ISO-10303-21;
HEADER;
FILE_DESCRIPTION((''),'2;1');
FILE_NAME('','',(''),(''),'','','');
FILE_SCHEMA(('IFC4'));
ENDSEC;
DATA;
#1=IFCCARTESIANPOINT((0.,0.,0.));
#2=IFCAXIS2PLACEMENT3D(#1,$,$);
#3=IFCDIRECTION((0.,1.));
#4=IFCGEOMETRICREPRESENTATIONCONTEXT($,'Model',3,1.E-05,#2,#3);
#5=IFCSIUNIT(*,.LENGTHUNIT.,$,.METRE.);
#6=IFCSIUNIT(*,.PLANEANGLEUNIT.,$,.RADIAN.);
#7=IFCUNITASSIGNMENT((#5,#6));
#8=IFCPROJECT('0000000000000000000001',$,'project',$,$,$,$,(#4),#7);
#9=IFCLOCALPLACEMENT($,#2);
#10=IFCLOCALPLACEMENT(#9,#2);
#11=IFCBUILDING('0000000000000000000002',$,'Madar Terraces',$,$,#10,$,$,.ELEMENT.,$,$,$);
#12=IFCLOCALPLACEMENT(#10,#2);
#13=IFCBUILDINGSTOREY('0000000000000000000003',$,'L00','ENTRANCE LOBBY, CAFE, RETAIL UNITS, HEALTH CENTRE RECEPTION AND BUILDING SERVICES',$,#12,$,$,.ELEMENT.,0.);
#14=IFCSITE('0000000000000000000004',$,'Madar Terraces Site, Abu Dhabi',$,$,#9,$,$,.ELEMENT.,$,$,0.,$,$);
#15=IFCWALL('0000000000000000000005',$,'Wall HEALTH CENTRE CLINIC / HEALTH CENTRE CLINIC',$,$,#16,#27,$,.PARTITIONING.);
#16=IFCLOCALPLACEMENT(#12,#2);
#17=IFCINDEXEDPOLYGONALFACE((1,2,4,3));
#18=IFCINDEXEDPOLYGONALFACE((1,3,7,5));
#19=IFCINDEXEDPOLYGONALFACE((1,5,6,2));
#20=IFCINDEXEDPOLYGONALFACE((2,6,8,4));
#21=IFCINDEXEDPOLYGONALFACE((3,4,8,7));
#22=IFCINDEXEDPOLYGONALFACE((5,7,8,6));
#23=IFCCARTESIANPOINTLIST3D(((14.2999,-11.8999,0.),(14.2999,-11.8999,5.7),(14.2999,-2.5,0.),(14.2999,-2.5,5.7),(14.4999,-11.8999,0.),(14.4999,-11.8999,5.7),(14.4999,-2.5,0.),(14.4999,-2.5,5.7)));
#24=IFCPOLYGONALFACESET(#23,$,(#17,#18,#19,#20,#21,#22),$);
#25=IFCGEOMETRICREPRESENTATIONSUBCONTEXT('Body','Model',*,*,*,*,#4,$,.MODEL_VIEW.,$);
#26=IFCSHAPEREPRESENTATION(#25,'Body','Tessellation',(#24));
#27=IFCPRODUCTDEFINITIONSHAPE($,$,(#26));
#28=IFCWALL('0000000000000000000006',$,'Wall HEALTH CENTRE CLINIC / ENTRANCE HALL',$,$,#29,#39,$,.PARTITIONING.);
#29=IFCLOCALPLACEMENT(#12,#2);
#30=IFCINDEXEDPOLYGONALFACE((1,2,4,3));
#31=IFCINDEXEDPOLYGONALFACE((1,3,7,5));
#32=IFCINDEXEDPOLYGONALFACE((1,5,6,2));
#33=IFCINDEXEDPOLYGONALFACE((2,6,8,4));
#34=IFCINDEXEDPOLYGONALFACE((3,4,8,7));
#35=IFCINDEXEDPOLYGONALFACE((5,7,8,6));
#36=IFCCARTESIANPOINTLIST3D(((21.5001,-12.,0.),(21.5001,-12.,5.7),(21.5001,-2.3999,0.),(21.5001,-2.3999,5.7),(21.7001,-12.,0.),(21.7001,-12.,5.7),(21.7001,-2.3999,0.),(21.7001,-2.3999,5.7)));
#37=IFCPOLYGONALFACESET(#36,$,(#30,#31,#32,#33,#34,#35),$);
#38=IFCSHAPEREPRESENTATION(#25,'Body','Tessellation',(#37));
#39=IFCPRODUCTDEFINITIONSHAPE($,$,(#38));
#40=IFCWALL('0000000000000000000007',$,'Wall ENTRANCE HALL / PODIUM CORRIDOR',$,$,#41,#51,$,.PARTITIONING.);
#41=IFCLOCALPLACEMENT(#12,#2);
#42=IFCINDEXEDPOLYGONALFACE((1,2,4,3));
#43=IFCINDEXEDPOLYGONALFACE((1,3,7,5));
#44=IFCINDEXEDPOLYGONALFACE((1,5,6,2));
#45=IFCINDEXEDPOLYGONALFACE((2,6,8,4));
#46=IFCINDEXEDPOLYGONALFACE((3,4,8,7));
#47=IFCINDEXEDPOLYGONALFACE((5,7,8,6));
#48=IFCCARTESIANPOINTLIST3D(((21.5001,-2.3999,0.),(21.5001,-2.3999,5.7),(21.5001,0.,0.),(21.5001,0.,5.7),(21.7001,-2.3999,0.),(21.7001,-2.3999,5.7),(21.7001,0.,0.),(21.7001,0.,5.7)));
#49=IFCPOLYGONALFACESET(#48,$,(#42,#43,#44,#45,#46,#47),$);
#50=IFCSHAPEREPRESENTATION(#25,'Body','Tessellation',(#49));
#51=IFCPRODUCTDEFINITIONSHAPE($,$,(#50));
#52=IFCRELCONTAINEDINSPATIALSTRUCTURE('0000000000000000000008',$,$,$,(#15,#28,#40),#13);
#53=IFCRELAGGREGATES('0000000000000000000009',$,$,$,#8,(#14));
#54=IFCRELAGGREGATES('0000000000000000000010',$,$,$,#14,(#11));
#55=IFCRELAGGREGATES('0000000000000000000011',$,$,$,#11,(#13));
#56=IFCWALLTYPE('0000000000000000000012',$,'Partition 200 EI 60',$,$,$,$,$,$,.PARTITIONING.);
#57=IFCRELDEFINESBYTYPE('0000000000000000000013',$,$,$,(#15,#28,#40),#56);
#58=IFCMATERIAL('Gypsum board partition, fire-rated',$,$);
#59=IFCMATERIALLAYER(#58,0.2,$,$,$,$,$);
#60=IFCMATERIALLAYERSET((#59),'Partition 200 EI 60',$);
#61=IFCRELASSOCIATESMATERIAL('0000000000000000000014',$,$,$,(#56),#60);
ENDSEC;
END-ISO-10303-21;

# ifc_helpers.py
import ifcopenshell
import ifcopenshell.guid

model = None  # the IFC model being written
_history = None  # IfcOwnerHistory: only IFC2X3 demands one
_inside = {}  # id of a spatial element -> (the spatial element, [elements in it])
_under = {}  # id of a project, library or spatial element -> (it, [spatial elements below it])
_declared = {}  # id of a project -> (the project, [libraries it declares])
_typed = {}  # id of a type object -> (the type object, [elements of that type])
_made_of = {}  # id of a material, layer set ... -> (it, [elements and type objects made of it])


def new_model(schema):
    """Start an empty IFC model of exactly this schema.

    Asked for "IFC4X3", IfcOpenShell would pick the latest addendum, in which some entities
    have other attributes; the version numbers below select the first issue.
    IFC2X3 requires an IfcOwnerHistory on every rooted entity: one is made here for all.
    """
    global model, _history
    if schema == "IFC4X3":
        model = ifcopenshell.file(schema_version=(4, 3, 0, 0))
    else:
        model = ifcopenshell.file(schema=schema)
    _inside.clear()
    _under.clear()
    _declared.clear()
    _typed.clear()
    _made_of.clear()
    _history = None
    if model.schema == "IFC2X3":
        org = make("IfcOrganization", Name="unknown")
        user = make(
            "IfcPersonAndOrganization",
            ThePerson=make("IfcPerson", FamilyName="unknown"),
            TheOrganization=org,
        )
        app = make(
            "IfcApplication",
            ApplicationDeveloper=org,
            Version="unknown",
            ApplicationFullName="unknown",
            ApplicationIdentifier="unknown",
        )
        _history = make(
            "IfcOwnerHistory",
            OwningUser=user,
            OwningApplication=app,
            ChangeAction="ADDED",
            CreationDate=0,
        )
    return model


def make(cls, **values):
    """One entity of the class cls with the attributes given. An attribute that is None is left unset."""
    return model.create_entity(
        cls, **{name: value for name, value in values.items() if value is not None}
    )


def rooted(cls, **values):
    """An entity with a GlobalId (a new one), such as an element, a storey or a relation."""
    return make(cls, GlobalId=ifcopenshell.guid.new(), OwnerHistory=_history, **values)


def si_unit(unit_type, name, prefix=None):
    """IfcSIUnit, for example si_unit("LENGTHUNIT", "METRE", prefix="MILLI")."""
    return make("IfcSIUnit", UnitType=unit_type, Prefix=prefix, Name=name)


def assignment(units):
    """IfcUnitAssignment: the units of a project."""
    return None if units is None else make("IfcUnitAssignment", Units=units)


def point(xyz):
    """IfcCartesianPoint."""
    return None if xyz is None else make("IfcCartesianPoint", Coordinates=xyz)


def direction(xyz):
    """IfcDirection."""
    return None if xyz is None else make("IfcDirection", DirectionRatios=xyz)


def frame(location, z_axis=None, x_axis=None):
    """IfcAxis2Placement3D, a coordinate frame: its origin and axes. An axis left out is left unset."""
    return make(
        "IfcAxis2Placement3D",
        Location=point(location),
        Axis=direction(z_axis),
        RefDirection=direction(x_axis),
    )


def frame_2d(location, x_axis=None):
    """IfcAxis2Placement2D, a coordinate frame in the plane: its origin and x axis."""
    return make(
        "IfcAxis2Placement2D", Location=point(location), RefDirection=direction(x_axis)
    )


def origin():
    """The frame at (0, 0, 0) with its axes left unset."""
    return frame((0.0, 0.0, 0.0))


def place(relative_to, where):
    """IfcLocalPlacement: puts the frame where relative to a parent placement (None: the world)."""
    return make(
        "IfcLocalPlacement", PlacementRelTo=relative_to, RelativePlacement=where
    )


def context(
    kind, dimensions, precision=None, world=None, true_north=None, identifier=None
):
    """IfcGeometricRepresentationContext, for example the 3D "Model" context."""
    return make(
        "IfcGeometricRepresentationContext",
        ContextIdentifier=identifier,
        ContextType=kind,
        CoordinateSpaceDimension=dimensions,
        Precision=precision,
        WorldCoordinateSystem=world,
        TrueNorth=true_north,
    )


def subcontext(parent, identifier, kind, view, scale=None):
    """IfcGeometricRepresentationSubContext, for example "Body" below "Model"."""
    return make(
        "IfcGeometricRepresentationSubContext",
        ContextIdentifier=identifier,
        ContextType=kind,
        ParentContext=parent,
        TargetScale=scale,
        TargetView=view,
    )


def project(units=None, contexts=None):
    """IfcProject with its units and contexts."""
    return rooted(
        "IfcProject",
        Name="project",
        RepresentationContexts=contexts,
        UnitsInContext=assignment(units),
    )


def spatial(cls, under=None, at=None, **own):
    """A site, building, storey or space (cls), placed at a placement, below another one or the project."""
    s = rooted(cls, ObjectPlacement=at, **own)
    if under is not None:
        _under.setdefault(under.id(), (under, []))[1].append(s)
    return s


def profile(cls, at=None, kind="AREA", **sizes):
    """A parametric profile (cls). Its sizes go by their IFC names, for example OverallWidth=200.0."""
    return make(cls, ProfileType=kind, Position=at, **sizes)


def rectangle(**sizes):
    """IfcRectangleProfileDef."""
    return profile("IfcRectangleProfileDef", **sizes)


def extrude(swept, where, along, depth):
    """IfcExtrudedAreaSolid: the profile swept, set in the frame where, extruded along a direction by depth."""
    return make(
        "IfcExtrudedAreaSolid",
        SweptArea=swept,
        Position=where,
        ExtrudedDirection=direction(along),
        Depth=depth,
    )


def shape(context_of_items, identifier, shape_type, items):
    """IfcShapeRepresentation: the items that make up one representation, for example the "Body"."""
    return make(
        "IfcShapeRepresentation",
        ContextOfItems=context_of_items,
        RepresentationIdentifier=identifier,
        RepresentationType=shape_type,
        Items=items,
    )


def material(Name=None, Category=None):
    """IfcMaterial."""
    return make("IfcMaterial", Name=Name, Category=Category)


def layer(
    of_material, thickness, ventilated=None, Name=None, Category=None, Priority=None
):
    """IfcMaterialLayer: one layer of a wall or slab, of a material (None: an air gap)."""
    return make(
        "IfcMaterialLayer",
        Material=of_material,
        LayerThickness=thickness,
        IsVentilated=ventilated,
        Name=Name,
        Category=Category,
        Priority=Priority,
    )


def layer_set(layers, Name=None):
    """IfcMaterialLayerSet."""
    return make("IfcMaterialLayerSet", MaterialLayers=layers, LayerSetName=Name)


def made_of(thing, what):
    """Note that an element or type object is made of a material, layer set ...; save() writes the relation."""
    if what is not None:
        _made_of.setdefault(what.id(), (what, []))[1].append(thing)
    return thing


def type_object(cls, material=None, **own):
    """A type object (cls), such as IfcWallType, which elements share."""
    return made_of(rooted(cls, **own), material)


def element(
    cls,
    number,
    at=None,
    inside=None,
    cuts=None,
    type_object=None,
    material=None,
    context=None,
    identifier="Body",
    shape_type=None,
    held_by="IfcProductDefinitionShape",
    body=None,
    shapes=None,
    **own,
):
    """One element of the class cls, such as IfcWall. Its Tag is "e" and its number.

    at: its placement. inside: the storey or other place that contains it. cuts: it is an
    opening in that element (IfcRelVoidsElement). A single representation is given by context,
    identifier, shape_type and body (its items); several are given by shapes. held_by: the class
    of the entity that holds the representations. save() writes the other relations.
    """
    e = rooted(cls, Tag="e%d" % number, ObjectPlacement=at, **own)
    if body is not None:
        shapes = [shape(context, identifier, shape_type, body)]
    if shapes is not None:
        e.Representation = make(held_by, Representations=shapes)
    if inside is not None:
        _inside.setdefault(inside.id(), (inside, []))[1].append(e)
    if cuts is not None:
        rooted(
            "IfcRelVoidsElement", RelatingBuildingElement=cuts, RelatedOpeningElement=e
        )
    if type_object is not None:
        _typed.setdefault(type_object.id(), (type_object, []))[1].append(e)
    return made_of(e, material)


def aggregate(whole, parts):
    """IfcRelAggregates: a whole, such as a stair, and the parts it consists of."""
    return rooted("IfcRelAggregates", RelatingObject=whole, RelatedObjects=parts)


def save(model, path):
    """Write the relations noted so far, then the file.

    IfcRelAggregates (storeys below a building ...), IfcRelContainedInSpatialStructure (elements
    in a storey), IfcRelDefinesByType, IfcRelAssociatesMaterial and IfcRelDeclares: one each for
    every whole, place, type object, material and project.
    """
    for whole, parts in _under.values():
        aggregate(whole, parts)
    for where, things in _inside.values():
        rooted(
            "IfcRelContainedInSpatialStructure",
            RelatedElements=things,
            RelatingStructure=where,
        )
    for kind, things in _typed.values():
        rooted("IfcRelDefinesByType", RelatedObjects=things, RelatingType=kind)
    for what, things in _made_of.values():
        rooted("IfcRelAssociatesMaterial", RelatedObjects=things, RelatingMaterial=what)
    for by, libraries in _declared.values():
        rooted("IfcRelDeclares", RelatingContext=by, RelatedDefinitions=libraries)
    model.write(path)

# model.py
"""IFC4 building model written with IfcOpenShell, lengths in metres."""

from ifc_helpers import new_model, si_unit, direction, frame, frame_2d, origin, place, context, subcontext, project, spatial, rectangle, extrude, material, layer, layer_set, type_object, element, save


model = new_model("IFC4")

# Units and contexts
model_context = context("Model", 3, precision=1e-05, world=origin(), true_north=direction((0.0, 1.0)))
body_context = subcontext(model_context, "Body", "Model", "MODEL_VIEW")
ifc_project = project(units=[si_unit("LENGTHUNIT", "METRE"), si_unit("PLANEANGLEUNIT", "RADIAN")], contexts=[model_context])

# Site, building, storey
site_placement = place(None, origin())
site = spatial("IfcSite", under=ifc_project, at=site_placement, Name="Madar Terraces Site, Abu Dhabi", CompositionType="ELEMENT", RefElevation=0.0)
building_placement = place(site_placement, origin())
building = spatial("IfcBuilding", under=site, at=building_placement, Name="Madar Terraces", CompositionType="ELEMENT")
storey_placement = place(building_placement, origin())
storey = spatial("IfcBuildingStorey", under=building, at=storey_placement, Name="L00", Description="ENTRANCE LOBBY, CAFE, RETAIL UNITS, HEALTH CENTRE RECEPTION AND BUILDING SERVICES", CompositionType="ELEMENT", Elevation=0.0)

# Shared definitions
ifc_material_1 = material(Name="Gypsum board partition, fire-rated")
ifc_layer_1 = layer(ifc_material_1, 0.2)
ifc_layer_set_1 = layer_set([ifc_layer_1], Name="Partition 200 EI 60")
wall_type = type_object("IfcWallType", Name="Partition 200 EI 60", PredefinedType="PARTITIONING", material=ifc_layer_set_1)

# Walls
for number, where, z_axis, x_axis, name in (
    (1, (14.3999, -11.8999, 0.0), (0.0, 0.0, 1.0), (0.0, 1.0, 0.0), "Wall HEALTH CENTRE CLINIC / HEALTH CENTRE CLINIC"),
):
    element("IfcWall", number, at=place(storey_placement, frame(where, z_axis=z_axis, x_axis=x_axis)), inside=storey, type_object=wall_type, Name=name, PredefinedType="PARTITIONING", context=body_context, shape_type="SweptSolid", body=[
        extrude(rectangle(XDim=9.3999, YDim=0.2, at=frame_2d((4.7, 0.0))), origin(), (0.0, 0.0, 1.0), 5.7),
    ])
wall_1_placement = place(storey_placement, frame((21.6001, -12.0, 0.0), z_axis=(0.0, 0.0, 1.0), x_axis=(0.0, 1.0, 0.0)))
element("IfcWall", 2, at=wall_1_placement, inside=storey, type_object=wall_type, Name="Wall HEALTH CENTRE CLINIC / ENTRANCE HALL", PredefinedType="PARTITIONING", context=body_context, shape_type="SweptSolid", body=[
    extrude(rectangle(XDim=9.6001, YDim=0.2, at=frame_2d((4.8, 0.0))), origin(), (0.0, 0.0, 1.0), 5.7),
])
wall_2_placement = place(storey_placement, frame((21.6001, -2.3999, 0.0), z_axis=(0.0, 0.0, 1.0), x_axis=(0.0, 1.0, 0.0)))
element("IfcWall", 3, at=wall_2_placement, inside=storey, type_object=wall_type, Name="Wall ENTRANCE HALL / PODIUM CORRIDOR", PredefinedType="PARTITIONING", context=body_context, shape_type="SweptSolid", body=[
    extrude(rectangle(XDim=2.3999, YDim=0.2, at=frame_2d((1.2, 0.0))), origin(), (0.0, 0.0, 1.0), 5.7),
])

save(model, "model.ifc")
